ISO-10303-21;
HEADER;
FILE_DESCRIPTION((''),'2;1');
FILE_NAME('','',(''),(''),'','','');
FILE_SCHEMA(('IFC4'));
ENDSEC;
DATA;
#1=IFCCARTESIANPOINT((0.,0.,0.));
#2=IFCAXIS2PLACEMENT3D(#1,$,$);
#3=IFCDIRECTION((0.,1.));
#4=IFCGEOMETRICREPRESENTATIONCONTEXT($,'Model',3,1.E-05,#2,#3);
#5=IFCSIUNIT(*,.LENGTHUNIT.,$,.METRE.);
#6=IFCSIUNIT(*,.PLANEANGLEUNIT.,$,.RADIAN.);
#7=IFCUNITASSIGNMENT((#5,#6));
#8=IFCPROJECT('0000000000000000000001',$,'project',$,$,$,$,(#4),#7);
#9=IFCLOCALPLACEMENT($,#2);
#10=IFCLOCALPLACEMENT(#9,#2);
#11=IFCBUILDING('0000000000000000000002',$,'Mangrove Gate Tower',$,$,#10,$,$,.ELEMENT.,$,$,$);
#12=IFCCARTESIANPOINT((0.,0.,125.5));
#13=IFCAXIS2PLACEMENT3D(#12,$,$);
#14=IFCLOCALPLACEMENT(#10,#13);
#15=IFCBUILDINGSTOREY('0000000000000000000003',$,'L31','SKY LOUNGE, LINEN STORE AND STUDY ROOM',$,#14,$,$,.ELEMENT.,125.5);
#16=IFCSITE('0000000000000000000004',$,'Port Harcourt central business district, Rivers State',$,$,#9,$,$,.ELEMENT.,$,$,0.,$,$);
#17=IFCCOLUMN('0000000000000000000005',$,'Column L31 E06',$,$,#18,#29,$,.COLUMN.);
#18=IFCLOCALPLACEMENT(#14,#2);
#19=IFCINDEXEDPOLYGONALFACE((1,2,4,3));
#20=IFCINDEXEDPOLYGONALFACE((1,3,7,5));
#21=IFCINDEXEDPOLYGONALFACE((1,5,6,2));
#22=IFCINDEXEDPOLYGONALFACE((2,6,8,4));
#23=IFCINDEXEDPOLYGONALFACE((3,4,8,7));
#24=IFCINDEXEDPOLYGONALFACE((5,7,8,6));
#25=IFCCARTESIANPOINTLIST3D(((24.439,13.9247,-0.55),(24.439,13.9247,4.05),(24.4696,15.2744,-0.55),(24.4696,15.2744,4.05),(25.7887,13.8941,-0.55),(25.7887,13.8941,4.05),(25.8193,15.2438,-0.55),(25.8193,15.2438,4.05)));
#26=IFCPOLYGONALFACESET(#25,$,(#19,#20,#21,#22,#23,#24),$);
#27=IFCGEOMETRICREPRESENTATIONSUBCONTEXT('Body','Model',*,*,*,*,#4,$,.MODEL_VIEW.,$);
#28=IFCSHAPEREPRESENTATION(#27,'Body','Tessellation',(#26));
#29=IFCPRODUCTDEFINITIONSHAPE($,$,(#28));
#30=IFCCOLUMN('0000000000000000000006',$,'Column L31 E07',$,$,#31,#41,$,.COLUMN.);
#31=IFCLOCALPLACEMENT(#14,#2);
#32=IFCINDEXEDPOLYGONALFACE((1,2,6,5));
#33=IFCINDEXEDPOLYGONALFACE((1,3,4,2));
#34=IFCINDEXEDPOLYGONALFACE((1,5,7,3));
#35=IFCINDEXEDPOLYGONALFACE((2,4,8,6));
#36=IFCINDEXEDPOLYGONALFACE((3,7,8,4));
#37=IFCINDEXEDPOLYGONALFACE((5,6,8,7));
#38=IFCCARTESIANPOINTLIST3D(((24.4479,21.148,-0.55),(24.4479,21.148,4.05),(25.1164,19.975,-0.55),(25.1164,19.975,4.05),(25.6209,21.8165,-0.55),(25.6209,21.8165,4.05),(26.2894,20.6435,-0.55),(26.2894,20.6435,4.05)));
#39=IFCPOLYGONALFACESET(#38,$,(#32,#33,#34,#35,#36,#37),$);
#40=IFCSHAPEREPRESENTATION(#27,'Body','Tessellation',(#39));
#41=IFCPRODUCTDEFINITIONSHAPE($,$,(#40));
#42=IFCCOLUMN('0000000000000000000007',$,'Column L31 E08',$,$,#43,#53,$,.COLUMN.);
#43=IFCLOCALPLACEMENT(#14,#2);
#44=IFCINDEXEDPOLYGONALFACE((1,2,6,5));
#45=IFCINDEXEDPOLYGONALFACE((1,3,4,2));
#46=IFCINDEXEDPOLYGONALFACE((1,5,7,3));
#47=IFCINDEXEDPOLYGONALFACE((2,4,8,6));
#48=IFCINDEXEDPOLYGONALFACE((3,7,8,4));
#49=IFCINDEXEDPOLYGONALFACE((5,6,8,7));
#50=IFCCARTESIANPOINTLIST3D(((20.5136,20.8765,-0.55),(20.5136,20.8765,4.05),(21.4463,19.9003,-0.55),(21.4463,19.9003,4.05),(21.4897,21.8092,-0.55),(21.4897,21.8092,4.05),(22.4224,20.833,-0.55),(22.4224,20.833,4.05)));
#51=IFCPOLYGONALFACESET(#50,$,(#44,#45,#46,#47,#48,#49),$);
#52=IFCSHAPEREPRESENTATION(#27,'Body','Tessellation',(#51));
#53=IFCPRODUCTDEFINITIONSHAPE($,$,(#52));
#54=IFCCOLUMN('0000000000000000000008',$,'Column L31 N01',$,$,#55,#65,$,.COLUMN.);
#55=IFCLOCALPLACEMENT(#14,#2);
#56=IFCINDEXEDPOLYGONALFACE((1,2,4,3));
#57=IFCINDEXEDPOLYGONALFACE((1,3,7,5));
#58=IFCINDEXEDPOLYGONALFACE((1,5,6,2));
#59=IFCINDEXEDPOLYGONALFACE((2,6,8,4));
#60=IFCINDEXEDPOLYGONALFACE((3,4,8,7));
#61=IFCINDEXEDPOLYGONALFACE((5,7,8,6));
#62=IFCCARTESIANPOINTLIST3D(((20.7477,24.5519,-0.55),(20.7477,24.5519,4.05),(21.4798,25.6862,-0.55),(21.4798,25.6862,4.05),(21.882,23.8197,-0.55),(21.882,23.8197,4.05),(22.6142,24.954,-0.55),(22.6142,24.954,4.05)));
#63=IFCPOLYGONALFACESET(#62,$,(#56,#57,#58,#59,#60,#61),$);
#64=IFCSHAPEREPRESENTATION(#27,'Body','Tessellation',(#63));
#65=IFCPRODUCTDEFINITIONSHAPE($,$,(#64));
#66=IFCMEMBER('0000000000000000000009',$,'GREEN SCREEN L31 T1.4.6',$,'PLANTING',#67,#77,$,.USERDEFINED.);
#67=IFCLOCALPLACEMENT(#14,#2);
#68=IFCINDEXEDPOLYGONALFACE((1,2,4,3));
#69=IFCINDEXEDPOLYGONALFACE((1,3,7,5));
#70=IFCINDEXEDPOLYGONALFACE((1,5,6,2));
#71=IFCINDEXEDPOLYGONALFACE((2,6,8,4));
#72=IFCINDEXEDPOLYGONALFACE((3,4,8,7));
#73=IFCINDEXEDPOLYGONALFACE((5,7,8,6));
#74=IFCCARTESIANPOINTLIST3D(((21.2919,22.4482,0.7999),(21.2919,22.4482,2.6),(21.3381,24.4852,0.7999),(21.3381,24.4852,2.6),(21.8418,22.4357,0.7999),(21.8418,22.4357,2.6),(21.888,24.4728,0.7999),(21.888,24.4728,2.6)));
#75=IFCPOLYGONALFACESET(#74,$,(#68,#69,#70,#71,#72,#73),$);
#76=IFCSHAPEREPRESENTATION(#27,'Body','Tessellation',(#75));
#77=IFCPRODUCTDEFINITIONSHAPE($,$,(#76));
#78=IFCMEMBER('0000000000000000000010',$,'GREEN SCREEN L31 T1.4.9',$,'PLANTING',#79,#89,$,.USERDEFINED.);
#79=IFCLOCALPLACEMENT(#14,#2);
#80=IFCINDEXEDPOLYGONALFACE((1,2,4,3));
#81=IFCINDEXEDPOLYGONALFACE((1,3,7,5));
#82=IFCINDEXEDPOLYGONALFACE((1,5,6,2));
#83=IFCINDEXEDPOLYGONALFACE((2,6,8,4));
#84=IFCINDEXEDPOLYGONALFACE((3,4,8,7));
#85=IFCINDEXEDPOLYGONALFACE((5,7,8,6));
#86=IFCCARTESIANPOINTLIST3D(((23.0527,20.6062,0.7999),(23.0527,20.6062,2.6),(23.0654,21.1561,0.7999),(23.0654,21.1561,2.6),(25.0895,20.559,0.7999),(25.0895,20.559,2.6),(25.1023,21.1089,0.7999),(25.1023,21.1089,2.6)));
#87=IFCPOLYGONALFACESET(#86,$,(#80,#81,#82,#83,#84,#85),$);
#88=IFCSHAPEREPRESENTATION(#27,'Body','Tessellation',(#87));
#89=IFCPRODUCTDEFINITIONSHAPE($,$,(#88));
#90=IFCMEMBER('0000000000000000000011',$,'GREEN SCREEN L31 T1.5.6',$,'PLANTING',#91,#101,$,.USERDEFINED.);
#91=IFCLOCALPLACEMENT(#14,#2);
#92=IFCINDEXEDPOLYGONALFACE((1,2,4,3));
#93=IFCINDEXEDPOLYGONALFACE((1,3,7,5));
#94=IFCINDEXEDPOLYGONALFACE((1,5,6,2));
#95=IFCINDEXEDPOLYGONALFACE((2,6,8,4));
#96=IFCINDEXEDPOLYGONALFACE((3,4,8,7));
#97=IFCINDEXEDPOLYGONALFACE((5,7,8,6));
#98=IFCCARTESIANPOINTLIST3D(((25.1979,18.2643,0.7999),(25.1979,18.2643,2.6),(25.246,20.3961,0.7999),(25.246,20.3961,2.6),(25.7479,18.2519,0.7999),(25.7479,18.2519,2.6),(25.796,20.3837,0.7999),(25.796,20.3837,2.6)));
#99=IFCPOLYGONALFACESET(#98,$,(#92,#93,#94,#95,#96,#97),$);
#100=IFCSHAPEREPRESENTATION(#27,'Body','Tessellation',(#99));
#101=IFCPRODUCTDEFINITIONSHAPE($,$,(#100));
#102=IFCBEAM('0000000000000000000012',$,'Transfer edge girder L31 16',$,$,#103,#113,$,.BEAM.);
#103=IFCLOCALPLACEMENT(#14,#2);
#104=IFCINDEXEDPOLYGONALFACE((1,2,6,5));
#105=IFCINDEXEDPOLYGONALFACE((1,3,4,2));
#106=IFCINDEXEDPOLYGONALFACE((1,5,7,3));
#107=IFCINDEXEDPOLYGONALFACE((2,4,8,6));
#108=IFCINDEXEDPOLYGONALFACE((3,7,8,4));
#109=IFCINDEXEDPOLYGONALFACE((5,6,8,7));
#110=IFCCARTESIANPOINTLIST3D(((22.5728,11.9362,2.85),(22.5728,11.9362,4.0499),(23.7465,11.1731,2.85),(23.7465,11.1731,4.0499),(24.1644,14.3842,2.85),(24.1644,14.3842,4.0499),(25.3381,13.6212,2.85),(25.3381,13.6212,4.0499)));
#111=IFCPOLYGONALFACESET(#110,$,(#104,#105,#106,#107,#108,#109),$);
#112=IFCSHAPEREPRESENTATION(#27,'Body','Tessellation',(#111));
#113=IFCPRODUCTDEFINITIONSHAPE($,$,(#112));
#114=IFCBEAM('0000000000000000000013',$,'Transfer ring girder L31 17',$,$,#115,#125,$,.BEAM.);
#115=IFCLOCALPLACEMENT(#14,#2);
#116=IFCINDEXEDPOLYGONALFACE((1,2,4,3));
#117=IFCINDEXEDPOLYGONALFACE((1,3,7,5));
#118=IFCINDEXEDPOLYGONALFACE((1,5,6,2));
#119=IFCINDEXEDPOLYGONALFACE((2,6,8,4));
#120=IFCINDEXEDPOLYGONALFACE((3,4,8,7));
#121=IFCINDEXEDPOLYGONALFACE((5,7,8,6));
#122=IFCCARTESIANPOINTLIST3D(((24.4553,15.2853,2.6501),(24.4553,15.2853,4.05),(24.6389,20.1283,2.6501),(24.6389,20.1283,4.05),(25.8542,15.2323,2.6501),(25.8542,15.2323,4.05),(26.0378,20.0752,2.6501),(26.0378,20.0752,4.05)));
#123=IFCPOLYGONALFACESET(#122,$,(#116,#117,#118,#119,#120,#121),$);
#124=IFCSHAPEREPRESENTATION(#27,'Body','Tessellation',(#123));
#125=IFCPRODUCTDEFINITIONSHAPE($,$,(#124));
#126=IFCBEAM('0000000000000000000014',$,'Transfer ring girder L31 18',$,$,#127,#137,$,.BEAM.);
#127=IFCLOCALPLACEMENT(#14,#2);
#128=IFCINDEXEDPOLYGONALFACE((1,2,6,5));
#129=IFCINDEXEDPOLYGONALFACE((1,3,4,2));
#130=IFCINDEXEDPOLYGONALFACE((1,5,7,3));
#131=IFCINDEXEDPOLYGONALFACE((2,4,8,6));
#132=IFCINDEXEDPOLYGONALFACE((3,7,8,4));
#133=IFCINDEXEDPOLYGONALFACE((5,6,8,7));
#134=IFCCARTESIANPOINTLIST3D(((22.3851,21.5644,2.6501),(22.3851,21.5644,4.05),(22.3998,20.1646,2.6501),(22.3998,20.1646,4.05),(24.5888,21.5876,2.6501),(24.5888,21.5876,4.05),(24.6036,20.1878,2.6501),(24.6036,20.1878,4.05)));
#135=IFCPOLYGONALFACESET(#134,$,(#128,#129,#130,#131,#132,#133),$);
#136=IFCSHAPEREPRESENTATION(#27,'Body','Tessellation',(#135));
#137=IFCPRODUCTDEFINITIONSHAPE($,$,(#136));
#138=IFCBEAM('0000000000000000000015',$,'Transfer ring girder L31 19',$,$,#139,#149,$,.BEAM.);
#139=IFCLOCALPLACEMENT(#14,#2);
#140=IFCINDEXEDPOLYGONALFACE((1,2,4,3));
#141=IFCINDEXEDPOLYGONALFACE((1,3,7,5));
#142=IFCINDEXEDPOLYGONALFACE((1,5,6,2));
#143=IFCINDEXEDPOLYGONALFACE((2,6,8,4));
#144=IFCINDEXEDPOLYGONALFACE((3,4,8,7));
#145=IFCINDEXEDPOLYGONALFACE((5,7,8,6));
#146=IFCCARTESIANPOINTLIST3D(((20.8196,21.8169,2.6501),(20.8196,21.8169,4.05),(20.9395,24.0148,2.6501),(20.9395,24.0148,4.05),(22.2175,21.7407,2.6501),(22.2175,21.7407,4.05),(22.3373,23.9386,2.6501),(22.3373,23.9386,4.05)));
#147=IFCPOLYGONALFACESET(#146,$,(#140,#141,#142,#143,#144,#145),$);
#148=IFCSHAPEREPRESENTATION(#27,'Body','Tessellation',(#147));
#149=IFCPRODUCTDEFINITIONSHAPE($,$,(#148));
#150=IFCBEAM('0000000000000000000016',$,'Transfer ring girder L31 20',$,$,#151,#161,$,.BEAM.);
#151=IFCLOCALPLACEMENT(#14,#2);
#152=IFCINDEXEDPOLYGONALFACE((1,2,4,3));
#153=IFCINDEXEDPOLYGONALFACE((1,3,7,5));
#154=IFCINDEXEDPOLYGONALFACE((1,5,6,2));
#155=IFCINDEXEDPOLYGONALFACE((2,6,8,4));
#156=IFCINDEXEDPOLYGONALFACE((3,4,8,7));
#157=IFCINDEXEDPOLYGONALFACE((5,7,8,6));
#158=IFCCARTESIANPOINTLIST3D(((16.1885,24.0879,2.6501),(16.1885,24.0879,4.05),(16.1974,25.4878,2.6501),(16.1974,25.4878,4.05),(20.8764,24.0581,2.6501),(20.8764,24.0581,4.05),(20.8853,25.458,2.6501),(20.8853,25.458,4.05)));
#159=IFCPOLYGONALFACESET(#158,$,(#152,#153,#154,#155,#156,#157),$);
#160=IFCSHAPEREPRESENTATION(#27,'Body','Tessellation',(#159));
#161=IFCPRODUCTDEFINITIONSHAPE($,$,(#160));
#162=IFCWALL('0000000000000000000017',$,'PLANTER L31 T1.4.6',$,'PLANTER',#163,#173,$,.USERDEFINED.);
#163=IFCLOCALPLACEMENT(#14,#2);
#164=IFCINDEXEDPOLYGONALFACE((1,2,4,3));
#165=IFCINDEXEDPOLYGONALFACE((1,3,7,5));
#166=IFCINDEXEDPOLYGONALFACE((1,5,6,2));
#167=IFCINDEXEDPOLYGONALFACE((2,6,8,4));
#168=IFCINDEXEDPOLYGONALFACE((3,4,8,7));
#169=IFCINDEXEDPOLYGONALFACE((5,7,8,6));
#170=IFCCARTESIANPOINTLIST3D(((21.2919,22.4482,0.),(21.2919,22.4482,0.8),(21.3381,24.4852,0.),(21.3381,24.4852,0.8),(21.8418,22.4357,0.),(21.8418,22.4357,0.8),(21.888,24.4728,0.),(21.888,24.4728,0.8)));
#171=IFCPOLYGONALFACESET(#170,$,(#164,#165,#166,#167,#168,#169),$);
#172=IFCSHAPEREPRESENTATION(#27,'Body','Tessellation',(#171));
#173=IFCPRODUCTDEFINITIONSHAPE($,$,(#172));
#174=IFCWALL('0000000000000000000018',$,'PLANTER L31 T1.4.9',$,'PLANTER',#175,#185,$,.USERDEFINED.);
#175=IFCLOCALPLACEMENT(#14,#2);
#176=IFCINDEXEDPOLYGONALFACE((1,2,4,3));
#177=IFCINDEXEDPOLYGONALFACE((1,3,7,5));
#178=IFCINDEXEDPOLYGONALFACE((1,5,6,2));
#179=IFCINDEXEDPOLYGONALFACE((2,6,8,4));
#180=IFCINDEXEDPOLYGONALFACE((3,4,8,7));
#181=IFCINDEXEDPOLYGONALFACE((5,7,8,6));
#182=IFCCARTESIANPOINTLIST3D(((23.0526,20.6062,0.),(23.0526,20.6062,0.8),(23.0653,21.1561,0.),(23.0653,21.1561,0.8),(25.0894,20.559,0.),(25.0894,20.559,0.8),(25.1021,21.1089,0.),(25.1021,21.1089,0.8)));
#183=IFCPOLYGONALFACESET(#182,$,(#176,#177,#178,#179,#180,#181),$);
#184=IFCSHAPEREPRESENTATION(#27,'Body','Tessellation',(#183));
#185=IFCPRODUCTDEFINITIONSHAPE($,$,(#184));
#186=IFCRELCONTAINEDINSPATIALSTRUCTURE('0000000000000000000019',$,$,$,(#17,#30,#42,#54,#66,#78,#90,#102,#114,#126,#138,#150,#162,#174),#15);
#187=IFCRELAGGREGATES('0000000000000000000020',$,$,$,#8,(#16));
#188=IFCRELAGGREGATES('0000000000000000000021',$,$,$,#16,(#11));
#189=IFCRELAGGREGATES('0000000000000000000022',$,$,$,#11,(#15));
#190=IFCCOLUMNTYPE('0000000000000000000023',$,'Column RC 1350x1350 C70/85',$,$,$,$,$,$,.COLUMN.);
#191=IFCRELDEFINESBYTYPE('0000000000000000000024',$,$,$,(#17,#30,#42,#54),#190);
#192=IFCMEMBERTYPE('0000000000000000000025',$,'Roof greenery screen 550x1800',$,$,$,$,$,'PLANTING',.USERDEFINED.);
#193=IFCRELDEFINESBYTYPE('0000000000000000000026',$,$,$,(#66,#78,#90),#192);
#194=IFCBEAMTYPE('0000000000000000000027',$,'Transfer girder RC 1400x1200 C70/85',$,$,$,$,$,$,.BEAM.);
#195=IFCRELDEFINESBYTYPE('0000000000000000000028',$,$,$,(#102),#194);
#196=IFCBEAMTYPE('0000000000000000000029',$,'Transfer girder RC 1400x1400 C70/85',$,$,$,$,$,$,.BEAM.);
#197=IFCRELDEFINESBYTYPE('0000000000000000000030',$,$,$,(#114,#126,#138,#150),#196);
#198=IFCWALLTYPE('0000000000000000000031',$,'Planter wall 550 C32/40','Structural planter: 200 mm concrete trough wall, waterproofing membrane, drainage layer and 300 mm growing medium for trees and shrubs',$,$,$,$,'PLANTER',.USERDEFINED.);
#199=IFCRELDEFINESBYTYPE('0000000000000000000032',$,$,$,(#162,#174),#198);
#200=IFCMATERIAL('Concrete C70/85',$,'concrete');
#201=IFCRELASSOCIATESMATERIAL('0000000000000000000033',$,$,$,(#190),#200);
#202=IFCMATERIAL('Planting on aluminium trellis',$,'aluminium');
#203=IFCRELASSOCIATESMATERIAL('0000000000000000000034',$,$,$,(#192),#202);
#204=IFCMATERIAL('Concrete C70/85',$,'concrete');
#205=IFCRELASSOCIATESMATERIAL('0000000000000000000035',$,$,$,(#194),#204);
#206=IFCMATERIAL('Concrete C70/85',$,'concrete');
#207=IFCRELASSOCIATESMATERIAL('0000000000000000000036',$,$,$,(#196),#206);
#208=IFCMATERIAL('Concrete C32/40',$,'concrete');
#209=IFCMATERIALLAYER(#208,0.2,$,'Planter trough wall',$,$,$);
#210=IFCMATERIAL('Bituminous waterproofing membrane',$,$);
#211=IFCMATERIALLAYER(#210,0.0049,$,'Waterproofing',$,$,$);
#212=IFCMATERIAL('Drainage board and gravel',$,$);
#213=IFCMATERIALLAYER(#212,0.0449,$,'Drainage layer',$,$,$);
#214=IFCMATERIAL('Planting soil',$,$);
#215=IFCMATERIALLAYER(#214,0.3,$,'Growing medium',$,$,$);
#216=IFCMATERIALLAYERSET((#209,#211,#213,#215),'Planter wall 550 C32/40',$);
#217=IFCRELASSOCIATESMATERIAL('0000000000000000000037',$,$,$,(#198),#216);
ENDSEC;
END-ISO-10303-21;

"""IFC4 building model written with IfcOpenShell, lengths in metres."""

from ifc_helpers import new_model, si_unit, direction, frame, frame_2d, origin, origin_2d, place, context, subcontext, project, spatial, rectangle, extrude, material, layer, layer_set, material_profile, profile_set, type_object, element, save


model = new_model("IFC4")

# Units and contexts
model_context = context("Model", 3, precision=1e-05, world=origin(), true_north=direction((0.0, 1.0)))
body_context = subcontext(model_context, "Body", "Model", "MODEL_VIEW")
ifc_project = project(units=[si_unit("LENGTHUNIT", "METRE"), si_unit("PLANEANGLEUNIT", "RADIAN")], contexts=[model_context])

# Site, building, storey
site_placement = place(None, origin())
site = spatial("IfcSite", under=ifc_project, at=site_placement, Name="Port Harcourt central business district, Rivers State", CompositionType="ELEMENT", RefElevation=0.0)
building_placement = place(site_placement, origin())
building = spatial("IfcBuilding", under=site, at=building_placement, Name="Mangrove Gate Tower", CompositionType="ELEMENT")
storey_placement = place(building_placement, frame((0.0, 0.0, 125.5)))
storey = spatial("IfcBuildingStorey", under=building, at=storey_placement, Name="L31", Description="SKY LOUNGE, LINEN STORE AND STUDY ROOM", CompositionType="ELEMENT", Elevation=125.5)

# Columns
ifc_material_1 = material(Name="Concrete C70/85", Category="concrete")
ifc_material_profile_1 = material_profile(ifc_material_1, rectangle(XDim=1.3501, YDim=1.3501, at=origin_2d()))
ifc_profile_set_1 = profile_set([ifc_material_profile_1], Name="Concrete C70/85")
column_type = type_object("IfcColumnType", Name="Column RC 1350x1350 C70/85", PredefinedType="COLUMN", material=ifc_profile_set_1)
for number, where, z_axis, x_axis, name in (
    (1, (25.1292, 14.5842, -0.55), (0.0, 0.0, 1.0), (0.022665, 0.999743, 0.0), "Column L31 E06"),
    (2, (25.3687, 20.8958, -0.55), (0.0, 0.0, 1.0), (-0.495141, 0.868813, 0.0), "Column L31 E07"),
    (3, (21.468, 20.8547, -0.55), (0.0, 0.0, 1.0), (-0.690837, 0.72301, 0.0), "Column L31 E08"),
    (4, (21.6809, 24.7529, -0.55), (0.0, 0.0, 1.0), (-0.84017, 0.542323, 0.0), "Column L31 N01"),
):
    element("IfcColumn", number, at=place(storey_placement, frame(where, z_axis=z_axis, x_axis=x_axis)), inside=storey, type_object=column_type, Name=name, PredefinedType="COLUMN", context=body_context, shape_type="SweptSolid", body=[
        extrude(rectangle(XDim=1.3501, YDim=1.3501, at=origin_2d()), origin(), (0.0, 0.0, 1.0), 4.6001),
    ])

# Members
ifc_material_2 = material(Name="Planting on aluminium trellis", Category="aluminium")
ifc_material_profile_2 = material_profile(ifc_material_2, rectangle(XDim=0.55, YDim=1.8, at=origin_2d()))
ifc_profile_set_2 = profile_set([ifc_material_profile_2], Name="Planting on aluminium trellis")
member_type = type_object("IfcMemberType", Name="Roof greenery screen 550x1800", ElementType="PLANTING", PredefinedType="USERDEFINED", material=ifc_profile_set_2)
member_1_placement = place(storey_placement, frame((21.613, 24.479, 1.7), z_axis=(-0.022645, -0.999744, 0.0), x_axis=(0.999744, -0.022645, 0.0)))
element("IfcMember", 5, at=member_1_placement, inside=storey, type_object=member_type, Name="GREEN SCREEN L31 T1.4.6", ObjectType="PLANTING", PredefinedType="USERDEFINED", context=body_context, shape_type="SweptSolid", body=[
    extrude(rectangle(XDim=0.55, YDim=1.8, at=origin_2d()), origin(), (0.0, 0.0, 1.0), 2.0376),
])
member_2_placement = place(storey_placement, frame((23.0591, 20.8811, 1.7), z_axis=(0.999733, -0.023127, 0.0), x_axis=(0.023127, 0.999733, 0.0)))
element("IfcMember", 6, at=member_2_placement, inside=storey, type_object=member_type, Name="GREEN SCREEN L31 T1.4.9", ObjectType="PLANTING", PredefinedType="USERDEFINED", context=body_context, shape_type="SweptSolid", body=[
    extrude(rectangle(XDim=0.55, YDim=1.8, at=origin_2d()), origin(), (0.0, 0.0, 1.0), 2.0374),
])
member_3_placement = place(storey_placement, frame((25.521, 20.3899, 1.7), z_axis=(-0.022555, -0.999746, 0.0), x_axis=(0.999746, -0.022555, 0.0)))
element("IfcMember", 7, at=member_3_placement, inside=storey, type_object=member_type, Name="GREEN SCREEN L31 T1.5.6", ObjectType="PLANTING", PredefinedType="USERDEFINED", context=body_context, shape_type="SweptSolid", body=[
    extrude(rectangle(XDim=0.55, YDim=1.8, at=origin_2d()), origin(), (0.0, 0.0, 1.0), 2.1323),
])

# Beams
ifc_material_3 = material(Name="Concrete C70/85", Category="concrete")
ifc_material_profile_3 = material_profile(ifc_material_3, rectangle(XDim=1.3999, YDim=1.2, at=origin_2d()))
ifc_profile_set_3 = profile_set([ifc_material_profile_3], Name="Concrete C70/85")
beam_type_1 = type_object("IfcBeamType", Name="Transfer girder RC 1400x1200 C70/85", PredefinedType="BEAM", material=ifc_profile_set_3)
beam_1_placement = place(storey_placement, frame((24.7512, 14.0027, 3.45), z_axis=(-0.545074, -0.838388, 0.0), x_axis=(0.838388, -0.545074, 0.0)))
element("IfcBeam", 8, at=beam_1_placement, inside=storey, type_object=beam_type_1, Name="Transfer edge girder L31 16", PredefinedType="BEAM", context=body_context, shape_type="SweptSolid", body=[
    extrude(rectangle(XDim=1.3999, YDim=1.2, at=origin_2d()), origin(), (0.0, 0.0, 1.0), 2.9199),
])
ifc_material_4 = material(Name="Concrete C70/85", Category="concrete")
ifc_material_profile_4 = material_profile(ifc_material_4, rectangle(XDim=1.3999, YDim=1.3999, at=origin_2d()))
ifc_profile_set_4 = profile_set([ifc_material_profile_4], Name="Concrete C70/85")
beam_type_2 = type_object("IfcBeamType", Name="Transfer girder RC 1400x1400 C70/85", PredefinedType="BEAM", material=ifc_profile_set_4)
beam_2_placement = place(storey_placement, frame((25.1548, 15.2588, 3.3501), z_axis=(0.037882, 0.999282, 0.0), x_axis=(-0.999282, 0.037882, 0.0)))
element("IfcBeam", 9, at=beam_2_placement, inside=storey, type_object=beam_type_2, Name="Transfer ring girder L31 17", PredefinedType="BEAM", context=body_context, shape_type="SweptSolid", body=[
    extrude(rectangle(XDim=1.3999, YDim=1.3999, at=origin_2d()), origin(), (0.0, 0.0, 1.0), 4.8464),
])
beam_3_placement = place(storey_placement, frame((24.5962, 20.8877, 3.3501), z_axis=(-0.999945, -0.010523, 0.0), x_axis=(0.010523, -0.999945, 0.0)))
element("IfcBeam", 10, at=beam_3_placement, inside=storey, type_object=beam_type_2, Name="Transfer ring girder L31 18", PredefinedType="BEAM", context=body_context, shape_type="SweptSolid", body=[
    extrude(rectangle(XDim=1.3999, YDim=1.3999, at=origin_2d()), origin(), (0.0, 0.0, 1.0), 2.2039),
])
beam_4_placement = place(storey_placement, frame((21.5186, 21.7788, 3.3501), z_axis=(0.054456, 0.998516, 0.0), x_axis=(-0.998516, 0.054456, 0.0)))
element("IfcBeam", 11, at=beam_4_placement, inside=storey, type_object=beam_type_2, Name="Transfer ring girder L31 19", PredefinedType="BEAM", context=body_context, shape_type="SweptSolid", body=[
    extrude(rectangle(XDim=1.3999, YDim=1.3999, at=origin_2d()), origin(), (0.0, 0.0, 1.0), 2.2012),
])
beam_5_placement = place(storey_placement, frame((20.8809, 24.7581, 3.3501), z_axis=(-0.99998, 0.006353, 0.0), x_axis=(-0.006353, -0.99998, 0.0)))
element("IfcBeam", 12, at=beam_5_placement, inside=storey, type_object=beam_type_2, Name="Transfer ring girder L31 20", PredefinedType="BEAM", context=body_context, shape_type="SweptSolid", body=[
    extrude(rectangle(XDim=1.3999, YDim=1.3999, at=origin_2d()), origin(), (0.0, 0.0, 1.0), 4.688),
])

# Walls
ifc_material_5 = material(Name="Concrete C32/40", Category="concrete")
ifc_layer_1 = layer(ifc_material_5, 0.2, Name="Planter trough wall")
ifc_material_6 = material(Name="Bituminous waterproofing membrane")
ifc_layer_2 = layer(ifc_material_6, 0.0049, Name="Waterproofing")
ifc_material_7 = material(Name="Drainage board and gravel")
ifc_layer_3 = layer(ifc_material_7, 0.0449, Name="Drainage layer")
ifc_material_8 = material(Name="Planting soil")
ifc_layer_4 = layer(ifc_material_8, 0.3, Name="Growing medium")
ifc_layer_set_1 = layer_set([ifc_layer_1, ifc_layer_2, ifc_layer_3, ifc_layer_4], Name="Planter wall 550 C32/40")
wall_type_1 = type_object("IfcWallType", Name="Planter wall 550 C32/40", Description="Structural planter: 200 mm concrete trough wall, waterproofing membrane, drainage layer and 300 mm growing medium for trees and shrubs", ElementType="PLANTER", PredefinedType="USERDEFINED", material=ifc_layer_set_1)
wall_1_placement = place(storey_placement, frame((21.613, 24.479, 0.0), z_axis=(0.0, 0.0, 1.0), x_axis=(-0.022645, -0.999744, 0.0)))
element("IfcWall", 13, at=wall_1_placement, inside=storey, type_object=wall_type_1, Name="PLANTER L31 T1.4.6", ObjectType="PLANTER", PredefinedType="USERDEFINED", context=body_context, shape_type="SweptSolid", body=[
    extrude(rectangle(XDim=2.0376, YDim=0.55, at=frame_2d((1.0188, 0.0))), origin(), (0.0, 0.0, 1.0), 0.8),
])
wall_2_placement = place(storey_placement, frame((23.0591, 20.8811, 0.0), z_axis=(0.0, 0.0, 1.0), x_axis=(0.999733, -0.023127, 0.0)))
element("IfcWall", 14, at=wall_2_placement, inside=storey, type_object=wall_type_1, Name="PLANTER L31 T1.4.9", ObjectType="PLANTER", PredefinedType="USERDEFINED", context=body_context, shape_type="SweptSolid", body=[
    extrude(rectangle(XDim=2.0374, YDim=0.55, at=frame_2d((1.0186, 0.0))), origin(), (0.0, 0.0, 1.0), 0.8),
])

save(model, "model.ifc")
